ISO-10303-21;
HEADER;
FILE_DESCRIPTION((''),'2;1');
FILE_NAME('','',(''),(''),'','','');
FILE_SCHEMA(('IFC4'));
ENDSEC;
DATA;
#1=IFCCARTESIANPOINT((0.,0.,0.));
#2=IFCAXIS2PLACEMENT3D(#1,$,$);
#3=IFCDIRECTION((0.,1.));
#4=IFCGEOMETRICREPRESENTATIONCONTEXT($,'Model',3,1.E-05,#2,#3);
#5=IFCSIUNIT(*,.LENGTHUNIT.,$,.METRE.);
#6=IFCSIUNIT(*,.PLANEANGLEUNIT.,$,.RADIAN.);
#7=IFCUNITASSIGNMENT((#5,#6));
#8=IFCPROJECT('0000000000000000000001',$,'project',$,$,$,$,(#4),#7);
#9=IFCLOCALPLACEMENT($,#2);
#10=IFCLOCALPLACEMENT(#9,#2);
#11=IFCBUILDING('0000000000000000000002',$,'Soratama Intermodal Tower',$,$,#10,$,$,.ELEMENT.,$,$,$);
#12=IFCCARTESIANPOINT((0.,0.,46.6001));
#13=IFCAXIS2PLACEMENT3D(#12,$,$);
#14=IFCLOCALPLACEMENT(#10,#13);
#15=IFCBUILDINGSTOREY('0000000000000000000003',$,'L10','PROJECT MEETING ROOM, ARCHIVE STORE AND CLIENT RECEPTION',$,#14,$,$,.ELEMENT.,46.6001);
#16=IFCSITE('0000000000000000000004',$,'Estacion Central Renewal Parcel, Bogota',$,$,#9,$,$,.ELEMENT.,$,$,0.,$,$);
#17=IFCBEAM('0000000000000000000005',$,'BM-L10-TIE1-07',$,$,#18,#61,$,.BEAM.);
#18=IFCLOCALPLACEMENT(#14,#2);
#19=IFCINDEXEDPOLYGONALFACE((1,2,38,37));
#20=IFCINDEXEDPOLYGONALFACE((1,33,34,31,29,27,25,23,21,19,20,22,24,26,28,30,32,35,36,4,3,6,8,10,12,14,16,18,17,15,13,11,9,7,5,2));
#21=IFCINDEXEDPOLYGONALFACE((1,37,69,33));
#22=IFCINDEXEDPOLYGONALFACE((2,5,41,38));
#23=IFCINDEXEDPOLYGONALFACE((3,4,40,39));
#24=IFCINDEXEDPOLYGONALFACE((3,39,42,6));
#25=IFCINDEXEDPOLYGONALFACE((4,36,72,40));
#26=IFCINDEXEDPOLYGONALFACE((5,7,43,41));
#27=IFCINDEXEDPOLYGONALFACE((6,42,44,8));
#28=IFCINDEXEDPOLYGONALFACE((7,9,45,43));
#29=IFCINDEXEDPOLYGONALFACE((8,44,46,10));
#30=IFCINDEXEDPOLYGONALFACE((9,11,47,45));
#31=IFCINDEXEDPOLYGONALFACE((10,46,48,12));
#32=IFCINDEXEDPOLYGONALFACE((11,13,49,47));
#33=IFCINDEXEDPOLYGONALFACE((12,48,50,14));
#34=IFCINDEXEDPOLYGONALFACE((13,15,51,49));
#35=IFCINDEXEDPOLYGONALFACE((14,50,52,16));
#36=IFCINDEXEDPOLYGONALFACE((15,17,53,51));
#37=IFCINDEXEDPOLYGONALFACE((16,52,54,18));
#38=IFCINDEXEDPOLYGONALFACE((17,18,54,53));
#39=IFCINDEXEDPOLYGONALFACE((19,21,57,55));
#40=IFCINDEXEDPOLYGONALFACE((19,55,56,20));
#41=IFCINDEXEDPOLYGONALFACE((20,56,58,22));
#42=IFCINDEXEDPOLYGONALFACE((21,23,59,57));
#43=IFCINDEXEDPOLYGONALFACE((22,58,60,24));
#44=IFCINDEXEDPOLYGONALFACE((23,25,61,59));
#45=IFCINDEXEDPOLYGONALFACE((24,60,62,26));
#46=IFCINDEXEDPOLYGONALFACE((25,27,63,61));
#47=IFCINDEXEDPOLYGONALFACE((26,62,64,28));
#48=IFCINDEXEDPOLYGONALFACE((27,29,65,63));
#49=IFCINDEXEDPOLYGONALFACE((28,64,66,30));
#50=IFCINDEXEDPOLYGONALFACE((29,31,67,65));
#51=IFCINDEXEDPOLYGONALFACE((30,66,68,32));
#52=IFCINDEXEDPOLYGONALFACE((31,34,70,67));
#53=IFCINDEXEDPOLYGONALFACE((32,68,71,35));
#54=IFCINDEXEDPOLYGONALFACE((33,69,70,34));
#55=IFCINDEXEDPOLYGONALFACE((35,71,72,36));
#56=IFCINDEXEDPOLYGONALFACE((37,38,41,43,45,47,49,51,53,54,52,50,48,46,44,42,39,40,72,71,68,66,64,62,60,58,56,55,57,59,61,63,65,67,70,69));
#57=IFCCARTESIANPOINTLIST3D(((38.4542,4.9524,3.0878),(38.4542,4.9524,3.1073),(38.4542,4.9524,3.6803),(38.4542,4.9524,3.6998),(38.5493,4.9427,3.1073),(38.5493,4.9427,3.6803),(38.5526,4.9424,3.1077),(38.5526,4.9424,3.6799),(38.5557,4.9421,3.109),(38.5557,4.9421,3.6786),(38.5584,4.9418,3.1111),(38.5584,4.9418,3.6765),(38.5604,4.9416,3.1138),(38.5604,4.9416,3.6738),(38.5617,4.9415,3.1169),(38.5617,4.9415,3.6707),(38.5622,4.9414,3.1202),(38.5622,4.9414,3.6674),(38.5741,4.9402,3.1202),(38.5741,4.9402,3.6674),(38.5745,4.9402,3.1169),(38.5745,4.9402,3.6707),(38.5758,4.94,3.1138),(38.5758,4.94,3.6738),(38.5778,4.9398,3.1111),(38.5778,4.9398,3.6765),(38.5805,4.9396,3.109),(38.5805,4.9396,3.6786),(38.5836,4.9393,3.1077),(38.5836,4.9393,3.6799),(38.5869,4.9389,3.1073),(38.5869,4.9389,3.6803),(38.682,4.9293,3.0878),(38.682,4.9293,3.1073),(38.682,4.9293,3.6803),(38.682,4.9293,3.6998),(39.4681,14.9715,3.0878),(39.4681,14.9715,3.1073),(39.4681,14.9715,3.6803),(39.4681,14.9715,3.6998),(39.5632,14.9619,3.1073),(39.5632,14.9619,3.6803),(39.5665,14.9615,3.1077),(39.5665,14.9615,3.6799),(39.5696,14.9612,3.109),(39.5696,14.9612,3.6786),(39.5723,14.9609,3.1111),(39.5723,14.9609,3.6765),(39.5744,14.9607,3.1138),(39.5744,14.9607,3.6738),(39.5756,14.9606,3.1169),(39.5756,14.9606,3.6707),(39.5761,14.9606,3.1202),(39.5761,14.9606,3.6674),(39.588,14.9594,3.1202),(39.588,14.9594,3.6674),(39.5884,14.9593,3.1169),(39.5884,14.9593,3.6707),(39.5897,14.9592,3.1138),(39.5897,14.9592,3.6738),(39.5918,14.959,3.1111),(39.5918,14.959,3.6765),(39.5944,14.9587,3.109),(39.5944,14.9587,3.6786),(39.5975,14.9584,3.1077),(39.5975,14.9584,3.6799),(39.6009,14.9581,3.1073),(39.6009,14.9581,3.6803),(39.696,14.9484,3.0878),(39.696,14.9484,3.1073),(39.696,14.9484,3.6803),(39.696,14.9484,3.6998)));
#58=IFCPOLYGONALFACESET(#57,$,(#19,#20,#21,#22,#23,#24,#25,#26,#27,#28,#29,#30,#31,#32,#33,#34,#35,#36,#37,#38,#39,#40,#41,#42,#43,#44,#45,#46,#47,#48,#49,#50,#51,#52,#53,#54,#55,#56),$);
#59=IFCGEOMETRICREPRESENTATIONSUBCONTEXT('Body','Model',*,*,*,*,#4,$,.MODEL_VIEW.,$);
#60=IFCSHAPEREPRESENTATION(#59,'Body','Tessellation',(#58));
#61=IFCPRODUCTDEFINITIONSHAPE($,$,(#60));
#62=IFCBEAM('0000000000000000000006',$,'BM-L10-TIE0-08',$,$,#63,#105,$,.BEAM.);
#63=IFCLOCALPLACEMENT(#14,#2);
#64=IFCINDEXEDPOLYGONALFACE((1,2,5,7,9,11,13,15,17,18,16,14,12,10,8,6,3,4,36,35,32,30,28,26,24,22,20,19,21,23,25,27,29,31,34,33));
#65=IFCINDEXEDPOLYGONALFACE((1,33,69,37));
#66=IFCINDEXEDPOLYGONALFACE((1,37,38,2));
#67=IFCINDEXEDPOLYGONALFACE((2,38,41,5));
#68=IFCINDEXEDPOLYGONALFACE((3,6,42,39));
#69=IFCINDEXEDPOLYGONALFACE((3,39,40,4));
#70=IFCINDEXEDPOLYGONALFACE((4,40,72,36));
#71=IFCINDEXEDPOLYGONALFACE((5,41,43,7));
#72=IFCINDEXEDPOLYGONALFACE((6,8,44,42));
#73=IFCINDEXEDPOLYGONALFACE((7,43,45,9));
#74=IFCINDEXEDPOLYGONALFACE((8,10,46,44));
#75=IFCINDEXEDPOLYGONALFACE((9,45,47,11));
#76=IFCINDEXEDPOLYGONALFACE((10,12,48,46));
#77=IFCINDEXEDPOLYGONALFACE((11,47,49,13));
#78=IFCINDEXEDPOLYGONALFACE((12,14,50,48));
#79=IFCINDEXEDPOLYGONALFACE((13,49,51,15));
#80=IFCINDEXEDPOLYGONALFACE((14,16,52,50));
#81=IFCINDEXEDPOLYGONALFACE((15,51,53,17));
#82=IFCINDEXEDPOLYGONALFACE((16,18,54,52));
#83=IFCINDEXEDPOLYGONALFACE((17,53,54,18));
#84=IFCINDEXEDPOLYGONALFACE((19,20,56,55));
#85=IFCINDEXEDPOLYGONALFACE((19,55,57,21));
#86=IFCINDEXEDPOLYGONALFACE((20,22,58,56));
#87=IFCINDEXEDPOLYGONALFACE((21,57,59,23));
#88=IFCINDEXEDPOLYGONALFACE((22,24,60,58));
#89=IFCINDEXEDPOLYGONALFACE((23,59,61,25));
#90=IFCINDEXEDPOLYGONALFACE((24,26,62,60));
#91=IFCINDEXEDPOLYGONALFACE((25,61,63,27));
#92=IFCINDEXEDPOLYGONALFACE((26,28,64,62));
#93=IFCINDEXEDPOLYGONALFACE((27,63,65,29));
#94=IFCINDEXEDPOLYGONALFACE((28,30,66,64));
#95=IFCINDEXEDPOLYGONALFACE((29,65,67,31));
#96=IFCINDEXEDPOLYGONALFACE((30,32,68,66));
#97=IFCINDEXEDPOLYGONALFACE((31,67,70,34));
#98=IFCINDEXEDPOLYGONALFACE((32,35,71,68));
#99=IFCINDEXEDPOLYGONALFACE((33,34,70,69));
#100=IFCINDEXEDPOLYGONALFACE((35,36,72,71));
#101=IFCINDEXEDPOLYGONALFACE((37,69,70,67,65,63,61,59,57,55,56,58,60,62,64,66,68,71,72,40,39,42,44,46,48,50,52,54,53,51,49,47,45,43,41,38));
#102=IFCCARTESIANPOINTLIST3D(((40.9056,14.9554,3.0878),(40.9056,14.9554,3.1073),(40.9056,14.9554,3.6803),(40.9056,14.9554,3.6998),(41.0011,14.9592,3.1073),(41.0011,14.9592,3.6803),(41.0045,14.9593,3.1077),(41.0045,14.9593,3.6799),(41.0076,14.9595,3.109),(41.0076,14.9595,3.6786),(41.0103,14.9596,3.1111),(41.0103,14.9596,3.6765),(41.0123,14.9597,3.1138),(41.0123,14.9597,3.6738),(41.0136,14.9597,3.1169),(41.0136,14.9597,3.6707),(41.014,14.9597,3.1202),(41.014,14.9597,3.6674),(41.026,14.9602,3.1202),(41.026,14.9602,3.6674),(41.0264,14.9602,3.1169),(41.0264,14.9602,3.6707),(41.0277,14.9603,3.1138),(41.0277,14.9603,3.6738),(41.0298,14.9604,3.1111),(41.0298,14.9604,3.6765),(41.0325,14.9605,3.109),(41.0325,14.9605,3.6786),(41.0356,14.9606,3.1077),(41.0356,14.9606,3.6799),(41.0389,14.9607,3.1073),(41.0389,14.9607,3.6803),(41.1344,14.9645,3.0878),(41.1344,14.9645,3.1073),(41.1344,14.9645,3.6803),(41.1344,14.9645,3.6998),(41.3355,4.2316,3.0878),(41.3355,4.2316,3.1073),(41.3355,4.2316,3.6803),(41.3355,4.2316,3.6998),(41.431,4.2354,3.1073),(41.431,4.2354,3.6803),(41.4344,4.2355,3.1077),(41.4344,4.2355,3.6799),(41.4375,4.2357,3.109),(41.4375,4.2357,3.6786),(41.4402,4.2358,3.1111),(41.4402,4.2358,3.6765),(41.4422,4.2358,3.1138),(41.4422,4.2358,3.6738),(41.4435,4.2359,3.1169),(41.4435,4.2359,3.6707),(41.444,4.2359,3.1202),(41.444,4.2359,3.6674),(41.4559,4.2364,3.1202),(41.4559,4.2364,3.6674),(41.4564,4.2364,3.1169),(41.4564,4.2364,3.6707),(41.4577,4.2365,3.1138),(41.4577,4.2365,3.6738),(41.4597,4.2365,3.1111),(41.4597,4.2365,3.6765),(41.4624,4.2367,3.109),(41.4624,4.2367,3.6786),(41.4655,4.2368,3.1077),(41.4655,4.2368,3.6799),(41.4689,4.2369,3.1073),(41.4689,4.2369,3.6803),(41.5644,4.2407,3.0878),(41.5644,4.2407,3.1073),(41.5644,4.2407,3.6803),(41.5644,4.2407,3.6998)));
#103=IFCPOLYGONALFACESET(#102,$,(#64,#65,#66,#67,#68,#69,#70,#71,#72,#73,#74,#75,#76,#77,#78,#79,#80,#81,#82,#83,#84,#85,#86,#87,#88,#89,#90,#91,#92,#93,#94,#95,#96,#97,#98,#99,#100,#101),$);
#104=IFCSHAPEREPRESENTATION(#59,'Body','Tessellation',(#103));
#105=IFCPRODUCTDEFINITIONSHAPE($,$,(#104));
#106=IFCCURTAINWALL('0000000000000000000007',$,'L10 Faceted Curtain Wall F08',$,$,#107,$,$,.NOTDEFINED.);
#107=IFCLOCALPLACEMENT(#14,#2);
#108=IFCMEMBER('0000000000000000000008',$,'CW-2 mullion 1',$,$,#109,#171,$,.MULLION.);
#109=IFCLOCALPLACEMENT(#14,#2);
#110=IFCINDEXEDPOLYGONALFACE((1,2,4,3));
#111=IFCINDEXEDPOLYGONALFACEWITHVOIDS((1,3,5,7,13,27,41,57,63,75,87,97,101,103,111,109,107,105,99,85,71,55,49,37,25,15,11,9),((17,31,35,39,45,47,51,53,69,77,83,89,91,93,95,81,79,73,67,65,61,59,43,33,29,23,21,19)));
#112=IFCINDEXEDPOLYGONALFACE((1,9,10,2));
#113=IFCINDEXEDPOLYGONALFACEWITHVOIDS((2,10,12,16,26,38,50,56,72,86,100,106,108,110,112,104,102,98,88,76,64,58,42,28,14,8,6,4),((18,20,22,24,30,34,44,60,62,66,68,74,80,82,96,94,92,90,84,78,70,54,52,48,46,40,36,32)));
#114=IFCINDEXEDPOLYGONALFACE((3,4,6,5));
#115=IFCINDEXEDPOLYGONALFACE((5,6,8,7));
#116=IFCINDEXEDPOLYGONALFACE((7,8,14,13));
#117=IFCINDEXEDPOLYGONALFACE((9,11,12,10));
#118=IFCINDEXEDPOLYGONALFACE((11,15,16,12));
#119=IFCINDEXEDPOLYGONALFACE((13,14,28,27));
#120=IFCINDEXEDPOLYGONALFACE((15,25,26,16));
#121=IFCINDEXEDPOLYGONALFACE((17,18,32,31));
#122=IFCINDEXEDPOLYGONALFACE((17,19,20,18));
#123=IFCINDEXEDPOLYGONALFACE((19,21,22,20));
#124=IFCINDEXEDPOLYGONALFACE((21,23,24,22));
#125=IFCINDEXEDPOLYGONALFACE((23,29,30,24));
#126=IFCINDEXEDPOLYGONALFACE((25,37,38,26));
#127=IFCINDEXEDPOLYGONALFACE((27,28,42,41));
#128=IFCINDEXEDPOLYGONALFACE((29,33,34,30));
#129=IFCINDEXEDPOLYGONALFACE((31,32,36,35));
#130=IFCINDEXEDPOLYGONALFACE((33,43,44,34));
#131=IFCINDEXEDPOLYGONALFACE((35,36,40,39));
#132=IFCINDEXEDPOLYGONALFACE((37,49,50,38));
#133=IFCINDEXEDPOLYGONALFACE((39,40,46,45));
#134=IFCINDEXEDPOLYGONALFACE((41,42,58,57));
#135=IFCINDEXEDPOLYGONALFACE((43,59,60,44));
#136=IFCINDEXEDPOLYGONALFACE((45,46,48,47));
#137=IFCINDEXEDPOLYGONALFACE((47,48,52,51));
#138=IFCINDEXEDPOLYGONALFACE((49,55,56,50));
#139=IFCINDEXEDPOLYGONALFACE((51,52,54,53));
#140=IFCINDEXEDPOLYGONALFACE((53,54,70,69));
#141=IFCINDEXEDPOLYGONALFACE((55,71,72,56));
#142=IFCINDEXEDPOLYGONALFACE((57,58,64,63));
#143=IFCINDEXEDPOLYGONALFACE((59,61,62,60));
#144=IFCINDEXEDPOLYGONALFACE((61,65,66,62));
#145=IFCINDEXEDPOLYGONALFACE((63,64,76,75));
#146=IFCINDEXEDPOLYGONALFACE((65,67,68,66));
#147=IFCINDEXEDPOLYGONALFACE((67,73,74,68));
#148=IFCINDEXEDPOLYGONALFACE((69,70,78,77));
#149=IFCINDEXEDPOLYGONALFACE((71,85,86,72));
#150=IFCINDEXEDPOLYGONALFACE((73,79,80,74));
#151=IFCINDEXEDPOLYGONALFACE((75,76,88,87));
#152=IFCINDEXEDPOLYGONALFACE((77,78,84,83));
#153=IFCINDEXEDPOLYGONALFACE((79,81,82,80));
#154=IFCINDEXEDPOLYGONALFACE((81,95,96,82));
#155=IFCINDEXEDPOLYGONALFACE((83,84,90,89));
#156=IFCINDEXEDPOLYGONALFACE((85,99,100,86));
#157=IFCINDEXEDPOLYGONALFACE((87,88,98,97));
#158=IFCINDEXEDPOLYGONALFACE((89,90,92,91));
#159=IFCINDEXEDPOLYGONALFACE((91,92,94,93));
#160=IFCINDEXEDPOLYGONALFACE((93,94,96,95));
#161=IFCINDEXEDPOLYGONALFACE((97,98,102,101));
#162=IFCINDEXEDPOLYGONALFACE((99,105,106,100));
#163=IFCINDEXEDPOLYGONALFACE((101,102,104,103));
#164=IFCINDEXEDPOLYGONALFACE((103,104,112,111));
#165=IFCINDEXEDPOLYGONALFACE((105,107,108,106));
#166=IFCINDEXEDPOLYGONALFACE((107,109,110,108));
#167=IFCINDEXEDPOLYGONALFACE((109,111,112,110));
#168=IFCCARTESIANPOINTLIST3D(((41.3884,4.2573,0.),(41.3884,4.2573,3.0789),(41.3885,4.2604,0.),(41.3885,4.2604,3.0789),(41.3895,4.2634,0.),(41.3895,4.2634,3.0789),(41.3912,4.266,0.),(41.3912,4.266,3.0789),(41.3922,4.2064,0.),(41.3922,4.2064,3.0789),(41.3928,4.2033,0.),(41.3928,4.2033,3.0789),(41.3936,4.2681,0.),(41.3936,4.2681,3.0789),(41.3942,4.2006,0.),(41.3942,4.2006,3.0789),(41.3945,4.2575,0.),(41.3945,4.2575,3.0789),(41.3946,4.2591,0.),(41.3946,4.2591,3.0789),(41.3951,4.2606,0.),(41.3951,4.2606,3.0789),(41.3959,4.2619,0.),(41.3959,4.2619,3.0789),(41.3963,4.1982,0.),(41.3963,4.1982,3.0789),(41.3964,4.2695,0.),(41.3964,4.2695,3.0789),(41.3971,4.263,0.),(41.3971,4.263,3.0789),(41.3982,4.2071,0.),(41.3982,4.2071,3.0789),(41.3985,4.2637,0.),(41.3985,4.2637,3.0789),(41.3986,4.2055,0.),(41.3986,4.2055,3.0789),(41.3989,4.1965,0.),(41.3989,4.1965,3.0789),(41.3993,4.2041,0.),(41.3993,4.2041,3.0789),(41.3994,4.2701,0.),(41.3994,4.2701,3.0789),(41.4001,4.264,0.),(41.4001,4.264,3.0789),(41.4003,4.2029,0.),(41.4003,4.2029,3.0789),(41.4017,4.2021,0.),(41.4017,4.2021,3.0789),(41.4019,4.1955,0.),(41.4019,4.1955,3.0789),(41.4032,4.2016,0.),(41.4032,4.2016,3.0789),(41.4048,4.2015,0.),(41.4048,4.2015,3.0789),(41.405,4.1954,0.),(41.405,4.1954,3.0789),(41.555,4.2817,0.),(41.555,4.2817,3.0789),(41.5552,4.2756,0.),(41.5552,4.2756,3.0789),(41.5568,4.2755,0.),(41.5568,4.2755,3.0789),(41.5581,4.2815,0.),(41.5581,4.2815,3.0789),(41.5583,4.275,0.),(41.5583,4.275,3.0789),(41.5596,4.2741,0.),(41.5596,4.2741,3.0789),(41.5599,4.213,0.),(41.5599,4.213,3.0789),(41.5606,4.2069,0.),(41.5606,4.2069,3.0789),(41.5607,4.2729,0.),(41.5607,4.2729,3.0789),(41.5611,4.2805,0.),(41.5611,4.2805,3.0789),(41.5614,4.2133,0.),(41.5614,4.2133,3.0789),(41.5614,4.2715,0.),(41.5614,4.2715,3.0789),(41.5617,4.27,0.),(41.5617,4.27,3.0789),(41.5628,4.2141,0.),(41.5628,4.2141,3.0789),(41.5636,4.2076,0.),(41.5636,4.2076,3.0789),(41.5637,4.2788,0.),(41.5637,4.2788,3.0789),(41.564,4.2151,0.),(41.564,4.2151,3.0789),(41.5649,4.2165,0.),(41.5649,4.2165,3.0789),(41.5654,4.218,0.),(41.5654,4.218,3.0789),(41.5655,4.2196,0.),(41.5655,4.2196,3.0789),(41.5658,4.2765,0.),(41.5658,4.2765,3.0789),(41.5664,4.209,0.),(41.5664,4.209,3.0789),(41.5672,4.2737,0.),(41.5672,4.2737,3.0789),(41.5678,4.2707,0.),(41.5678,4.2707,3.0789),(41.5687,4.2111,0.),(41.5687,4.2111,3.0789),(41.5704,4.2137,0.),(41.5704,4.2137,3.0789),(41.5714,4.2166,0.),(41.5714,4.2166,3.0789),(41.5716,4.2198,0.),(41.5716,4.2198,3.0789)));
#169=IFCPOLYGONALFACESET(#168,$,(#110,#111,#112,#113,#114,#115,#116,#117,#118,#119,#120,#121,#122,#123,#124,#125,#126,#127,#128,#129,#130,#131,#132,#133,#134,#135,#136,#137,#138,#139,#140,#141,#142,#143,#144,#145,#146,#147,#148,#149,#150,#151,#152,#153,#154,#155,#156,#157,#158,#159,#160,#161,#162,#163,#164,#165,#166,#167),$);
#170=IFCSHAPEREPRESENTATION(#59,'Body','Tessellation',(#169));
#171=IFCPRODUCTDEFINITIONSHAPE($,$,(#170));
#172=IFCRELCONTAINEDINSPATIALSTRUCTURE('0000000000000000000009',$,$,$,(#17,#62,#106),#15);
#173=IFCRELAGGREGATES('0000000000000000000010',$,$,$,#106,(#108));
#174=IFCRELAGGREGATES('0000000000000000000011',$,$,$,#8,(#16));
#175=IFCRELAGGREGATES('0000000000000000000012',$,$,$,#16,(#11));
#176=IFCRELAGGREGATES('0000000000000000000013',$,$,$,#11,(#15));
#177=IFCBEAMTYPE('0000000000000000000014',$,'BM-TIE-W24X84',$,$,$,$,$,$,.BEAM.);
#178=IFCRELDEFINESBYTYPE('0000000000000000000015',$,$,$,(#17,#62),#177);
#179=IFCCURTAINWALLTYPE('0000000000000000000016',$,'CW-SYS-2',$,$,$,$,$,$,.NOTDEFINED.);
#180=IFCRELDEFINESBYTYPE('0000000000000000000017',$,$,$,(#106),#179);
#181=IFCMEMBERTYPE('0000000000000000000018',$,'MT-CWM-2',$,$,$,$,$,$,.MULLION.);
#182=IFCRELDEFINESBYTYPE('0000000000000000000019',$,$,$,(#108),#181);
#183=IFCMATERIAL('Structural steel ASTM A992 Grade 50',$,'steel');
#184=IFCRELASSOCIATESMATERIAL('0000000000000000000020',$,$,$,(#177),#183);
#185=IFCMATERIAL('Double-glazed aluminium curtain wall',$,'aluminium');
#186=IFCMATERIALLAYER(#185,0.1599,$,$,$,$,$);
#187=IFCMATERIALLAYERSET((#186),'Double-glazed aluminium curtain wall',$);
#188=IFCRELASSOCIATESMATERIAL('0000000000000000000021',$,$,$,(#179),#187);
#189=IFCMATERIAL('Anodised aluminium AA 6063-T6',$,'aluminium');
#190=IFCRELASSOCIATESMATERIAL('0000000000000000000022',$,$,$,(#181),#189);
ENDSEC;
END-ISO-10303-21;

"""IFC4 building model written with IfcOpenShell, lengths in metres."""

from ifc_helpers import new_model, si_unit, direction, frame, origin, origin_2d, place, context, subcontext, project, spatial, hollow_rectangle, i_section, extrude, material, layer, layer_set, material_profile, profile_set, type_object, element, aggregate, save


model = new_model("IFC4")

# Units and contexts
model_context = context("Model", 3, precision=1e-05, world=origin(), true_north=direction((0.0, 1.0)))
body_context = subcontext(model_context, "Body", "Model", "MODEL_VIEW")
ifc_project = project(units=[si_unit("LENGTHUNIT", "METRE"), si_unit("PLANEANGLEUNIT", "RADIAN")], contexts=[model_context])

# Site, building, storey
site_placement = place(None, origin())
site = spatial("IfcSite", under=ifc_project, at=site_placement, Name="Estacion Central Renewal Parcel, Bogota", CompositionType="ELEMENT", RefElevation=0.0)
building_placement = place(site_placement, origin())
building = spatial("IfcBuilding", under=site, at=building_placement, Name="Soratama Intermodal Tower", CompositionType="ELEMENT")
storey_placement = place(building_placement, frame((0.0, 0.0, 46.6001)))
storey = spatial("IfcBuildingStorey", under=building, at=storey_placement, Name="L10", Description="PROJECT MEETING ROOM, ARCHIVE STORE AND CLIENT RECEPTION", CompositionType="ELEMENT", Elevation=46.6001)

# Beams
ifc_material_1 = material(Name="Structural steel ASTM A992 Grade 50", Category="steel")
ifc_material_profile_1 = material_profile(ifc_material_1, i_section(OverallWidth=0.229, OverallDepth=0.6121, WebThickness=0.012, FlangeThickness=0.0195, FilletRadius=0.0129, at=origin_2d()), Name="W24X84")
ifc_profile_set_1 = profile_set([ifc_material_profile_1], Name="Structural steel ASTM A992 Grade 50")
beam_type_1 = type_object("IfcBeamType", Name="BM-TIE-W24X84", PredefinedType="BEAM", material=ifc_profile_set_1)
beam_1_placement = place(storey_placement, frame((39.582, 14.96, 3.3938), z_axis=(-0.100685, -0.994918, 0.0), x_axis=(0.994918, -0.100685, 0.0)))
element("IfcBeam", 1, at=beam_1_placement, inside=storey, type_object=beam_type_1, Name="BM-L10-TIE1-07", PredefinedType="BEAM", context=body_context, shape_type="SweptSolid", body=[
    extrude(i_section(OverallWidth=0.229, OverallDepth=0.6121, WebThickness=0.012, FlangeThickness=0.0195, FilletRadius=0.0129, at=origin_2d()), origin(), (0.0, 0.0, 1.0), 10.0703),
])
beam_2_placement = place(storey_placement, frame((41.02, 14.96, 3.3938), z_axis=(0.040059, -0.999197, 0.0), x_axis=(0.999197, 0.040059, 0.0)))
element("IfcBeam", 2, at=beam_2_placement, inside=storey, type_object=beam_type_1, Name="BM-L10-TIE0-08", PredefinedType="BEAM", context=body_context, shape_type="SweptSolid", body=[
    extrude(i_section(OverallWidth=0.229, OverallDepth=0.6121, WebThickness=0.012, FlangeThickness=0.0195, FilletRadius=0.0129, at=origin_2d()), origin(), (0.0, 0.0, 1.0), 10.7324),
])

# Curtain wall, member
ifc_material_2 = material(Name="Double-glazed aluminium curtain wall", Category="aluminium")
ifc_layer_1 = layer(ifc_material_2, 0.1599)
ifc_layer_set_1 = layer_set([ifc_layer_1], Name="Double-glazed aluminium curtain wall")
curtain_wall_type = type_object("IfcCurtainWallType", Name="CW-SYS-2", PredefinedType="NOTDEFINED", material=ifc_layer_set_1)
curtain_wall_placement = place(storey_placement, origin())
curtain_wall = element("IfcCurtainWall", 3, at=curtain_wall_placement, inside=storey, type_object=curtain_wall_type, Name="L10 Faceted Curtain Wall F08", PredefinedType="NOTDEFINED")
ifc_material_3 = material(Name="Anodised aluminium AA 6063-T6", Category="aluminium")
ifc_material_profile_2 = material_profile(ifc_material_3, hollow_rectangle(XDim=0.075, YDim=0.1799, WallThickness=0.0061, InnerFilletRadius=0.0061, OuterFilletRadius=0.012, at=origin_2d()), Name="CWM180X75X6")
ifc_profile_set_2 = profile_set([ifc_material_profile_2], Name="Anodised aluminium AA 6063-T6")
member_type_1 = type_object("IfcMemberType", Name="MT-CWM-2", PredefinedType="MULLION", material=ifc_profile_set_2)
member_1_placement = place(storey_placement, frame((41.48, 4.2385, 0.0), z_axis=(0.0, 0.0, 1.0), x_axis=(-0.074283, 0.997237, 0.0)))
member_1 = element("IfcMember", 4, at=member_1_placement, type_object=member_type_1, Name="CW-2 mullion 1", PredefinedType="MULLION", context=body_context, shape_type="SweptSolid", body=[
    extrude(hollow_rectangle(XDim=0.075, YDim=0.1799, WallThickness=0.0061, InnerFilletRadius=0.0061, OuterFilletRadius=0.012, at=origin_2d()), origin(), (0.0, 0.0, 1.0), 3.0789),
])
aggregate(curtain_wall, [member_1])

save(model, "model.ifc")
